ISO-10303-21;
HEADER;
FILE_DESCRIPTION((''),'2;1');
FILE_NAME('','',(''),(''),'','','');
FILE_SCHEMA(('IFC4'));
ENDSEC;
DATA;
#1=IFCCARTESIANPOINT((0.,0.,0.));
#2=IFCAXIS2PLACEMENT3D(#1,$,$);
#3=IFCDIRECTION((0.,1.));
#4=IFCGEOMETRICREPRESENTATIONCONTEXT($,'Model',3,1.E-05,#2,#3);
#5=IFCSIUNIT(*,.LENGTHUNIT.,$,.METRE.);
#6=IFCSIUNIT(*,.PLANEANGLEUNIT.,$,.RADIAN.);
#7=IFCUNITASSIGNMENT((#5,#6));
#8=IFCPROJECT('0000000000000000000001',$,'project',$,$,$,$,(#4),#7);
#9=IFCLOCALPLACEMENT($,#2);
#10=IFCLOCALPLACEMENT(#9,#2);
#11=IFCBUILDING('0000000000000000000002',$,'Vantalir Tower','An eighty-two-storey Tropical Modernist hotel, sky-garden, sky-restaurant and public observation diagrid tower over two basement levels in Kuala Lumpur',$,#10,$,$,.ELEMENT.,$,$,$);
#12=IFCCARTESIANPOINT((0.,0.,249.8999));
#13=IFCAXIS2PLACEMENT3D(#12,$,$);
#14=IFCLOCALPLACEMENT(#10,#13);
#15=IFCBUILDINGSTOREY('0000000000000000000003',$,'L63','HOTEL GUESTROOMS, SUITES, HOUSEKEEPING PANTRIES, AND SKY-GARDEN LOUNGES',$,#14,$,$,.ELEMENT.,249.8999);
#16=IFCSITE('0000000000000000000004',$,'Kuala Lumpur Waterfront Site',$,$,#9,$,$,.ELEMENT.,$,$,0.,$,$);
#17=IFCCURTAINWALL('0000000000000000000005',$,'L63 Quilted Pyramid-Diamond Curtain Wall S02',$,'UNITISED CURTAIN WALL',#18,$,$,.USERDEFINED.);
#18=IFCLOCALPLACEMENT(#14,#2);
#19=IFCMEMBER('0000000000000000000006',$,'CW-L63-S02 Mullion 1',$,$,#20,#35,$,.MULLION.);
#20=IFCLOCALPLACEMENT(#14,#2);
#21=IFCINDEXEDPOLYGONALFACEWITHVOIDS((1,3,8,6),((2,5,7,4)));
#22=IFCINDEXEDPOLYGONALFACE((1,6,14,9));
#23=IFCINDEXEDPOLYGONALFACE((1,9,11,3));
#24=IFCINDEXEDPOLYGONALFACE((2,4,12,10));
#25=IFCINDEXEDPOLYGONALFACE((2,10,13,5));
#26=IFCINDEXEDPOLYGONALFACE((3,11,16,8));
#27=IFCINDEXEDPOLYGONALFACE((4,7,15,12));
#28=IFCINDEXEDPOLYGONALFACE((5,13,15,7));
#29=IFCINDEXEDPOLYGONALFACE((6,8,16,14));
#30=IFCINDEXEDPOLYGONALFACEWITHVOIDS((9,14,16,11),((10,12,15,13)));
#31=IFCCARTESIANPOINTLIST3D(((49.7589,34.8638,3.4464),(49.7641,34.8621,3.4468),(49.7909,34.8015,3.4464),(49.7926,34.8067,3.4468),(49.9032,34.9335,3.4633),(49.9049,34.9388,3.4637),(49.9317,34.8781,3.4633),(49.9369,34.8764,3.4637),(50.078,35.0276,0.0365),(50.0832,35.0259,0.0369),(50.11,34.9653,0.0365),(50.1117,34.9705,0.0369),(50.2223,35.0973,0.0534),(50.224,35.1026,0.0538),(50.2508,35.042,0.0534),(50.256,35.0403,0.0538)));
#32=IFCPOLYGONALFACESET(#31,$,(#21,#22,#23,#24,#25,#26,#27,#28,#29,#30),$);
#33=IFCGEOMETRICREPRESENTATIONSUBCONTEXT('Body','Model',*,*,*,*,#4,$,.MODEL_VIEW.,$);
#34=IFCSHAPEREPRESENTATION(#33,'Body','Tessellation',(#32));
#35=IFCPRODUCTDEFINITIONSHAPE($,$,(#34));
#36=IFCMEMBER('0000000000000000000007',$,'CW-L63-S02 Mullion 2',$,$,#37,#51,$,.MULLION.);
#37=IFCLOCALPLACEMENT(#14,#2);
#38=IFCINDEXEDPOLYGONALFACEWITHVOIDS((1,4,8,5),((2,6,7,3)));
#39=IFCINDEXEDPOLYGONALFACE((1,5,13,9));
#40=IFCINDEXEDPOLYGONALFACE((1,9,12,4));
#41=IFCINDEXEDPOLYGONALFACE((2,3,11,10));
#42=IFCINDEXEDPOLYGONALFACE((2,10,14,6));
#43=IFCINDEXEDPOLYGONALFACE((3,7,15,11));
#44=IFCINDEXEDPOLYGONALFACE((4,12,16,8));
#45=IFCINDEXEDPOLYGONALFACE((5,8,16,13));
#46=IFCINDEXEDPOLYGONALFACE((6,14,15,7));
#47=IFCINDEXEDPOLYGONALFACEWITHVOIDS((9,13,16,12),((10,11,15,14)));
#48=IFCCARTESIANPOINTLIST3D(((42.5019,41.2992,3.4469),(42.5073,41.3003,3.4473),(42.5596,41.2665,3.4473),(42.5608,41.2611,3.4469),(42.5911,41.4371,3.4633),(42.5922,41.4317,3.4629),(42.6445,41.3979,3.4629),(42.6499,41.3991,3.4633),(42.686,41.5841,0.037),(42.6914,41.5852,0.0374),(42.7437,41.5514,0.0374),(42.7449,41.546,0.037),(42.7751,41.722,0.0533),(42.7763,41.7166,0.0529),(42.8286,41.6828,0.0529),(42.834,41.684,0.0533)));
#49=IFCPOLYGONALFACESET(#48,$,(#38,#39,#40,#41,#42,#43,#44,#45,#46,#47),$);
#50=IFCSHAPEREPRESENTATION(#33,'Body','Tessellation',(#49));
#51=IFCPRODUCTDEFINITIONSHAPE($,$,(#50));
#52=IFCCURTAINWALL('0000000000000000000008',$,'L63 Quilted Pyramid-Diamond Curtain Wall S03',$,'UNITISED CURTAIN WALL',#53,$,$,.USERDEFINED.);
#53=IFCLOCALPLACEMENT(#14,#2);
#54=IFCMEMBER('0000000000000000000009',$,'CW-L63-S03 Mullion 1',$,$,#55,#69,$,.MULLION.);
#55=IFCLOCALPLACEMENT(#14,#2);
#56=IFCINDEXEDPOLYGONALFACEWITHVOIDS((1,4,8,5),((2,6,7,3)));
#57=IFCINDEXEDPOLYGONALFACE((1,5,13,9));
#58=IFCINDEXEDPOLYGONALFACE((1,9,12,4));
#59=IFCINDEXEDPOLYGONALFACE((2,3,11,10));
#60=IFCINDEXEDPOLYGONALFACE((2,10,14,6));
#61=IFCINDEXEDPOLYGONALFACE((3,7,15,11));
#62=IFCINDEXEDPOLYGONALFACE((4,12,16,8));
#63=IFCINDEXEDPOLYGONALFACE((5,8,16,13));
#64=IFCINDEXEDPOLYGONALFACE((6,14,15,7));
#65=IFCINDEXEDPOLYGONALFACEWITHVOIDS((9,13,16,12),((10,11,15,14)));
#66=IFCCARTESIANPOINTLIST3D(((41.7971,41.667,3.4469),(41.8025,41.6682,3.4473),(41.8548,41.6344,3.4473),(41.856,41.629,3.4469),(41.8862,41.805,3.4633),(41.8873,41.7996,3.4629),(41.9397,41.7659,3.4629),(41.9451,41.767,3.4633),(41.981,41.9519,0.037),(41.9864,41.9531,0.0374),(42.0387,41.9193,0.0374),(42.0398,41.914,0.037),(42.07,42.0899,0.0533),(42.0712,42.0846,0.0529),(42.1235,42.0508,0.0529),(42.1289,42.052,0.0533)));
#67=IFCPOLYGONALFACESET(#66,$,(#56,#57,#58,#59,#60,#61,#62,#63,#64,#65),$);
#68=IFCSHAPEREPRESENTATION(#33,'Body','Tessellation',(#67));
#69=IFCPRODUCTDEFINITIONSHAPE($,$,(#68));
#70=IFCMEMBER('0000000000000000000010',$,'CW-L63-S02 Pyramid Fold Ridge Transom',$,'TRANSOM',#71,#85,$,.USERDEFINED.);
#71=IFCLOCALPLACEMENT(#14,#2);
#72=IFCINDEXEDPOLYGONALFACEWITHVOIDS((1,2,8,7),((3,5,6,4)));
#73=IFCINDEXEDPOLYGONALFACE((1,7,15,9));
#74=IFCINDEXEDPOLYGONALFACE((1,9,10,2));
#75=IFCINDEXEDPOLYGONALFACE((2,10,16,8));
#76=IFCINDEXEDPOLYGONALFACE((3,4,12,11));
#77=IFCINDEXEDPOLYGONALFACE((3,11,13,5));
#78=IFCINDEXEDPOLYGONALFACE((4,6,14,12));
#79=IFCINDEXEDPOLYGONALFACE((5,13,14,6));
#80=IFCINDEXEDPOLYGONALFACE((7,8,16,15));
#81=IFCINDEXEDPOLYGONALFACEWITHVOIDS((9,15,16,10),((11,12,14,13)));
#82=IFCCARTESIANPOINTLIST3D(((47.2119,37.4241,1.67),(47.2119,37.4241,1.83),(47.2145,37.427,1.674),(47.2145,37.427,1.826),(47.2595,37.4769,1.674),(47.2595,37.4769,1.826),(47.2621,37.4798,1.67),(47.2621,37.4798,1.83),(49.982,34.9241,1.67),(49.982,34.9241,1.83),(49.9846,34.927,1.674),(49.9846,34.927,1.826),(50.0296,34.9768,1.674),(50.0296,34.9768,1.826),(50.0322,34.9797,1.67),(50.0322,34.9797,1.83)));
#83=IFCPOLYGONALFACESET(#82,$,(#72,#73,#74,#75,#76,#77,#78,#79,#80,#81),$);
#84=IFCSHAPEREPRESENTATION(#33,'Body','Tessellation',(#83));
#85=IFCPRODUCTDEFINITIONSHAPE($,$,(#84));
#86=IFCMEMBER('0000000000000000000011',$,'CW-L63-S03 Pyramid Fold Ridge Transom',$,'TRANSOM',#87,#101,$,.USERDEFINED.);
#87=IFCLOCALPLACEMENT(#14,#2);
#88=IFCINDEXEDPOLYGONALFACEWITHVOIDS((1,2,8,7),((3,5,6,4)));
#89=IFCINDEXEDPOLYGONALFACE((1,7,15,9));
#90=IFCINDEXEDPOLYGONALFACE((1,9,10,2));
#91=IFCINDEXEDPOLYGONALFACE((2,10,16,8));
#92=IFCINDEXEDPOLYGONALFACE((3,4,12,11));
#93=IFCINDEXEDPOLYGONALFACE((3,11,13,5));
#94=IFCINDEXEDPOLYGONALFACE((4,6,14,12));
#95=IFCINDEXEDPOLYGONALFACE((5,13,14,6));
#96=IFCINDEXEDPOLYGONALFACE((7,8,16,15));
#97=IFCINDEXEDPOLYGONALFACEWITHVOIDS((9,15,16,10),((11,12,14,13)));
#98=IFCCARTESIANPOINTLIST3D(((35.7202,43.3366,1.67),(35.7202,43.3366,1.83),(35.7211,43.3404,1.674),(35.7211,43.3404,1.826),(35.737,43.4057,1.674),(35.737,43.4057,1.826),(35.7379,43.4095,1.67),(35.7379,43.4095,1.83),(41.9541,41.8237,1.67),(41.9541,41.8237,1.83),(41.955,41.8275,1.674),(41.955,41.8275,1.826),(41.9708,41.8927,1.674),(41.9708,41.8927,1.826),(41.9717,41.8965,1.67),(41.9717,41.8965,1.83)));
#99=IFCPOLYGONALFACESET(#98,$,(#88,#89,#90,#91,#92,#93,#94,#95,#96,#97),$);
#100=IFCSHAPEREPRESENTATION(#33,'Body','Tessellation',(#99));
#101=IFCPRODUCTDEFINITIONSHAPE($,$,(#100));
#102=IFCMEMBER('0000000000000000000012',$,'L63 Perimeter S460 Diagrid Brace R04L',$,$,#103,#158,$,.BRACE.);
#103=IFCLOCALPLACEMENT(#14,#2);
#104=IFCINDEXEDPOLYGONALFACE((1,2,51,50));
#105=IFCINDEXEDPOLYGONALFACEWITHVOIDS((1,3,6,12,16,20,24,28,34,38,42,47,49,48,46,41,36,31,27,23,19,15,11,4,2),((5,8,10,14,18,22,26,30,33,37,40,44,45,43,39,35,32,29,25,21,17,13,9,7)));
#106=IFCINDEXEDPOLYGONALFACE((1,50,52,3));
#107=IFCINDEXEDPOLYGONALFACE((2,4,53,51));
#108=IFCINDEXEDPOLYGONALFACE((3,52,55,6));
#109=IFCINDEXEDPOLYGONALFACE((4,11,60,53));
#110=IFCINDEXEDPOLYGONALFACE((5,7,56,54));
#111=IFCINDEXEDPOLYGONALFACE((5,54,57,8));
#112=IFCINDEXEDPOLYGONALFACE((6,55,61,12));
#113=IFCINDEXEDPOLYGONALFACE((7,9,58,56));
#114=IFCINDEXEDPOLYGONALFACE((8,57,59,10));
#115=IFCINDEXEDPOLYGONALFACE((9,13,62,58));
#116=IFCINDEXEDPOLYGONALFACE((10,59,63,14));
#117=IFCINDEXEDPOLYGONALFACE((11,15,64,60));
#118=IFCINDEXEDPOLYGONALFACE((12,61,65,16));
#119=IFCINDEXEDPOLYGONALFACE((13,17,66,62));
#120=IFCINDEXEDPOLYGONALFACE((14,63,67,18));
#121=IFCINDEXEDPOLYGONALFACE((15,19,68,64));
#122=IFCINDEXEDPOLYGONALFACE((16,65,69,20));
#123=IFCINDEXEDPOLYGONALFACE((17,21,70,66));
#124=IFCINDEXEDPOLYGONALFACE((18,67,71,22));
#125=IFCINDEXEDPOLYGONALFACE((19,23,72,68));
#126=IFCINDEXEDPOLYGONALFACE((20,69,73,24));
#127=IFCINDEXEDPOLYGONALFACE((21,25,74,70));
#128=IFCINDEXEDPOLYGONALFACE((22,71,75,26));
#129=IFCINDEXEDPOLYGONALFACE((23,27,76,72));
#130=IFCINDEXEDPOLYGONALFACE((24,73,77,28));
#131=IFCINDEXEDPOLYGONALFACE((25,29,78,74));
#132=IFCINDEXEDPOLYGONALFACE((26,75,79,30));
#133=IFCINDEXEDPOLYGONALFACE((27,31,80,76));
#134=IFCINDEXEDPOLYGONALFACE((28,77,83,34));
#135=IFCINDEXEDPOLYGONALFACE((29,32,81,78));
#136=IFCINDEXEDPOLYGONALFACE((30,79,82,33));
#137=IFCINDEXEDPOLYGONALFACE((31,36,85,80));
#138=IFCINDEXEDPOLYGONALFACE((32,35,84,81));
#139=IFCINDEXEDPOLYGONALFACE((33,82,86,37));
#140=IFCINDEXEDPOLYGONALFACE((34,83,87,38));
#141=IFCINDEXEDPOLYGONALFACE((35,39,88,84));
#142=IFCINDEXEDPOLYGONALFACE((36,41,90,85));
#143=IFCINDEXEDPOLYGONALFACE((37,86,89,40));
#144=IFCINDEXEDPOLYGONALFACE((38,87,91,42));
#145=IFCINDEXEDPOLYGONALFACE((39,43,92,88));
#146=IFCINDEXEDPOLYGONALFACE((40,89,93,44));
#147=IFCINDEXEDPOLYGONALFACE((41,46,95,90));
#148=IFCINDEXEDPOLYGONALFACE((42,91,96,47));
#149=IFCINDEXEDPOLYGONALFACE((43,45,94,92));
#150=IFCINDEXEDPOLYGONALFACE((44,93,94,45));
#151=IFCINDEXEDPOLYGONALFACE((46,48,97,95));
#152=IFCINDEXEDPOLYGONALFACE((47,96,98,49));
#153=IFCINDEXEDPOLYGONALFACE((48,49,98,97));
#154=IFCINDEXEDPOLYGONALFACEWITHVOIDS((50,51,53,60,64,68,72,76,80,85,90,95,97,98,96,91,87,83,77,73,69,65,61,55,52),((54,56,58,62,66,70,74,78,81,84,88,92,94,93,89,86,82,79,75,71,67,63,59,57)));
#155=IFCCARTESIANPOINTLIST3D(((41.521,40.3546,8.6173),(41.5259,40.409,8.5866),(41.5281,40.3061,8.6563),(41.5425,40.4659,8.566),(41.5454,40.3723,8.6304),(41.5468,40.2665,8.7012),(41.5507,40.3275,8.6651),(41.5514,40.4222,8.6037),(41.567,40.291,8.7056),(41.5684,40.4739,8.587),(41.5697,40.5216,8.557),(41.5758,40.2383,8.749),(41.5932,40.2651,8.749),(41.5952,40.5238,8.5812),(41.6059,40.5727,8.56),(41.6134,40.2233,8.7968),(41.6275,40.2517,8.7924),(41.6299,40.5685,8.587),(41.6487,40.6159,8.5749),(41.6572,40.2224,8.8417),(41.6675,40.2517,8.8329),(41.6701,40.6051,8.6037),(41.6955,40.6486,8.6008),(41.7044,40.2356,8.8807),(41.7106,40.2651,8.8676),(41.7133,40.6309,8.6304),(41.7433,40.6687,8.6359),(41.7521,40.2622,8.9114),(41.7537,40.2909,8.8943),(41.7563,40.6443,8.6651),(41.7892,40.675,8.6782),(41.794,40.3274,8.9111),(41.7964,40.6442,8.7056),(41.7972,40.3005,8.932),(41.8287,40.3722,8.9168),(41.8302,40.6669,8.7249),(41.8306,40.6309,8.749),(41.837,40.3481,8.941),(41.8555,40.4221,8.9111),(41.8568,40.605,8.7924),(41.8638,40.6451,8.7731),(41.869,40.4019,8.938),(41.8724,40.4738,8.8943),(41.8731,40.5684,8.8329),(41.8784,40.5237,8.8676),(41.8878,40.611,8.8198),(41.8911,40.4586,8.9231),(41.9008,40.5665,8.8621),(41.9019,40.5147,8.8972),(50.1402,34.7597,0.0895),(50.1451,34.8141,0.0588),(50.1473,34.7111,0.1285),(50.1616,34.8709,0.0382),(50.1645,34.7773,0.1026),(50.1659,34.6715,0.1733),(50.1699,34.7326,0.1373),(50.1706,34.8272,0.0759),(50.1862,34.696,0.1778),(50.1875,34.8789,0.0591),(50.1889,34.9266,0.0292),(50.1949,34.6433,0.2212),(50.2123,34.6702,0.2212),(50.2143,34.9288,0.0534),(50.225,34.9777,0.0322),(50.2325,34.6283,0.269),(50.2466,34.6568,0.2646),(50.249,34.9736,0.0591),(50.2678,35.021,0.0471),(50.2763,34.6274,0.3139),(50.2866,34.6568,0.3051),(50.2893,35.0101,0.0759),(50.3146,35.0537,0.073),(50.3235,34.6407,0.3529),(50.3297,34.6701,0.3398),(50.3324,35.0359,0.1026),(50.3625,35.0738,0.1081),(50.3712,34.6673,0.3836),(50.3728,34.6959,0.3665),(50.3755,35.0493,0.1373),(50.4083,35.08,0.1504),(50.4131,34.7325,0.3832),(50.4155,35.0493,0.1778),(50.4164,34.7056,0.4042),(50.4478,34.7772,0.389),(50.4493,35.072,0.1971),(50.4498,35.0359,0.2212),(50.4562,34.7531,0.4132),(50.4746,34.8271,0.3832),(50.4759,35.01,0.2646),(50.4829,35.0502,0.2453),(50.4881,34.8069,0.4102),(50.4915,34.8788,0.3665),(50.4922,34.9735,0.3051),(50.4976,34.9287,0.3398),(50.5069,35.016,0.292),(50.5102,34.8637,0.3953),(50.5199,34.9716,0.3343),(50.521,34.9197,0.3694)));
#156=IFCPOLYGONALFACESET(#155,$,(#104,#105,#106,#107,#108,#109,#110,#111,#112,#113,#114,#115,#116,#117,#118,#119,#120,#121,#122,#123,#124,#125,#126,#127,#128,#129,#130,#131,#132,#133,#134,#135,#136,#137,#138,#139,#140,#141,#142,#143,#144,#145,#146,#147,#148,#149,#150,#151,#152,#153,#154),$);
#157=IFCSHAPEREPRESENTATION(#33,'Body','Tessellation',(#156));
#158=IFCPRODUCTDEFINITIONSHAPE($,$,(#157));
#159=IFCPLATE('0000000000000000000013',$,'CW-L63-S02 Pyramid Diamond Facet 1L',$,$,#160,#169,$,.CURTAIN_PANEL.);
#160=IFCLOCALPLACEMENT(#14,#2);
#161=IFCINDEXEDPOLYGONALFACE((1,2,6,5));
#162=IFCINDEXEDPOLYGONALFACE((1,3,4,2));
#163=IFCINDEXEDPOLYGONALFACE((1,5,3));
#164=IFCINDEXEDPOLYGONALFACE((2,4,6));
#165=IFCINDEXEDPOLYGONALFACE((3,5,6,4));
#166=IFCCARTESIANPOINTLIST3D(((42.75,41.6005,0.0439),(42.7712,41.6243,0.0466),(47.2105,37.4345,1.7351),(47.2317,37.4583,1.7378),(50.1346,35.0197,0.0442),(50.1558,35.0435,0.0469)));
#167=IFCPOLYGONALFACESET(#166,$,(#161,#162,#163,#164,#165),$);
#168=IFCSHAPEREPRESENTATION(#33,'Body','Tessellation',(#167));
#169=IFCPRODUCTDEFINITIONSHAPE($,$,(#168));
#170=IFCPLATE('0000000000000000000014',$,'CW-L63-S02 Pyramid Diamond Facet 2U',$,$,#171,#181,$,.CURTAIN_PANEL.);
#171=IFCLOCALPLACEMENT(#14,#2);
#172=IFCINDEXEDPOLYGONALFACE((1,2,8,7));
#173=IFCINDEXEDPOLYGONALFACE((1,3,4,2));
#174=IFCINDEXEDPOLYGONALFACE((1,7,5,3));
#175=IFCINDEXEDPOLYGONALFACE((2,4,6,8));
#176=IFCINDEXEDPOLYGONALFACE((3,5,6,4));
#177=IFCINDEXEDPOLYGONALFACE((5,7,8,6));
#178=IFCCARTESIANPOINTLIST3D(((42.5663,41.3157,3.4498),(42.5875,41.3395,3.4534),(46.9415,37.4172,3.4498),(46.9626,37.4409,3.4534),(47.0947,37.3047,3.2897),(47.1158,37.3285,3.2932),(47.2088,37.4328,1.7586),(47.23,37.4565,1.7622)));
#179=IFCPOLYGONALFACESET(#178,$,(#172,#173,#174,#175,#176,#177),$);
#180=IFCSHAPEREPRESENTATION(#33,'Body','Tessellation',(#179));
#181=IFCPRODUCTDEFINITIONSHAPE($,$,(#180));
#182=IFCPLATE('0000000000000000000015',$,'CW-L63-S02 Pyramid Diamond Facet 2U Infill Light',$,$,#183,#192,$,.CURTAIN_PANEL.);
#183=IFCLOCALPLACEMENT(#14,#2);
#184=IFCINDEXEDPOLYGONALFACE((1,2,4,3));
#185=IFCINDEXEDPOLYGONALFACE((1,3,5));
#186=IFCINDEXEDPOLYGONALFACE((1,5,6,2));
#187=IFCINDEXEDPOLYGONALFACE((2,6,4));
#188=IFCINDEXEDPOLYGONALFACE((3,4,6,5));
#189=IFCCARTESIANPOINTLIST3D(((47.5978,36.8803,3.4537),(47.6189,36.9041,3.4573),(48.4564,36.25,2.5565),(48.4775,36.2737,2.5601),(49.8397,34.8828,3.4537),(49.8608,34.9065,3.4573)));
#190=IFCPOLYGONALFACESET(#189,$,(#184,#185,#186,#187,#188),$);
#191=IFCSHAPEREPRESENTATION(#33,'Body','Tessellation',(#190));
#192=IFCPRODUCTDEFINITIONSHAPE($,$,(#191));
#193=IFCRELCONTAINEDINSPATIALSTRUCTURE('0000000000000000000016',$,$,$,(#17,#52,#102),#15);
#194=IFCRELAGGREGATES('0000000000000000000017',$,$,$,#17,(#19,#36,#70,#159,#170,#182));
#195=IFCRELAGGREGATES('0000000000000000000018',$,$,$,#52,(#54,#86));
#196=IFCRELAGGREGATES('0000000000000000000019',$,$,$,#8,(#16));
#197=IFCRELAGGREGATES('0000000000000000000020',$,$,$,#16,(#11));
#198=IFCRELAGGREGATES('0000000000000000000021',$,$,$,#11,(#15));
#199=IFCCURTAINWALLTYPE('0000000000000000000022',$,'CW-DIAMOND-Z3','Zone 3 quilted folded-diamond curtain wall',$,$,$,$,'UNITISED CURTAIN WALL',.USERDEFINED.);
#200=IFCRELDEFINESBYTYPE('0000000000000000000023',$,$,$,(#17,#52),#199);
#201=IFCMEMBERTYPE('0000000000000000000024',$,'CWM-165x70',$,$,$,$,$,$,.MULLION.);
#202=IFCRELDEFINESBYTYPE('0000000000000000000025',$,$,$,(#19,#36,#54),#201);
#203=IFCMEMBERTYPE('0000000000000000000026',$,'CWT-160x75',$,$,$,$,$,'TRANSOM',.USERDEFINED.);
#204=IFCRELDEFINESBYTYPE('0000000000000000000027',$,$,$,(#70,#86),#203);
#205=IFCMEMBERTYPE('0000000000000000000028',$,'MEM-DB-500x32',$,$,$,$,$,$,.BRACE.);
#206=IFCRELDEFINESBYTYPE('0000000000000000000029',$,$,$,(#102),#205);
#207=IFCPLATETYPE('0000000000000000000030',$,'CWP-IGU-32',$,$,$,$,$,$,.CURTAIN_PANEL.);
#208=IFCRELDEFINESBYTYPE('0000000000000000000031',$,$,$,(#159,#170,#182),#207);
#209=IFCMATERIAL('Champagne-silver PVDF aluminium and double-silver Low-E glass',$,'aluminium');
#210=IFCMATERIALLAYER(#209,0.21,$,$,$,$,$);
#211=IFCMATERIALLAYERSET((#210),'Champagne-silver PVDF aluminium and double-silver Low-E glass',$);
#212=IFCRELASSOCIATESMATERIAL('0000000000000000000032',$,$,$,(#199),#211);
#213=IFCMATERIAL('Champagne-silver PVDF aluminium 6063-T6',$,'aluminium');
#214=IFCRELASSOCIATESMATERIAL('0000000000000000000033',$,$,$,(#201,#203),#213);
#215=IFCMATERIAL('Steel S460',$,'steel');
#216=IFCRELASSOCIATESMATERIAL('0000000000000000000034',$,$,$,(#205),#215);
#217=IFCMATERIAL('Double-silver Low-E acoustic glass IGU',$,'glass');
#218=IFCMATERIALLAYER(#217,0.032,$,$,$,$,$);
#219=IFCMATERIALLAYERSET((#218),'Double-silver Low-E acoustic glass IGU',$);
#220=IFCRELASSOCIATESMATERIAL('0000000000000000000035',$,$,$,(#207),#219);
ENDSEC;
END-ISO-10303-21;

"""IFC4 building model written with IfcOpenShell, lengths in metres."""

from ifc_helpers import new_model, si_unit, direction, frame, origin, origin_2d, place, context, subcontext, project, spatial, polyline, hollow_rectangle, hollow_circle, outline, extrude, material, layer, layer_set, material_profile, profile_set, type_object, element, aggregate, save


model = new_model("IFC4")

# Units and contexts
model_context = context("Model", 3, precision=1e-05, world=origin(), true_north=direction((0.0, 1.0)))
body_context = subcontext(model_context, "Body", "Model", "MODEL_VIEW")
ifc_project = project(units=[si_unit("LENGTHUNIT", "METRE"), si_unit("PLANEANGLEUNIT", "RADIAN")], contexts=[model_context])

# Site, building, storey
site_placement = place(None, origin())
site = spatial("IfcSite", under=ifc_project, at=site_placement, Name="Kuala Lumpur Waterfront Site", CompositionType="ELEMENT", RefElevation=0.0)
building_placement = place(site_placement, origin())
building = spatial("IfcBuilding", under=site, at=building_placement, Name="Vantalir Tower", Description="An eighty-two-storey Tropical Modernist hotel, sky-garden, sky-restaurant and public observation diagrid tower over two basement levels in Kuala Lumpur", CompositionType="ELEMENT")
storey_placement = place(building_placement, frame((0.0, 0.0, 249.8999)))
storey = spatial("IfcBuildingStorey", under=building, at=storey_placement, Name="L63", Description="HOTEL GUESTROOMS, SUITES, HOUSEKEEPING PANTRIES, AND SKY-GARDEN LOUNGES", CompositionType="ELEMENT", Elevation=249.8999)

# Shared definitions
ifc_material_1 = material(Name="Steel S460", Category="steel")

# Curtain wall, members
ifc_material_2 = material(Name="Champagne-silver PVDF aluminium and double-silver Low-E glass", Category="aluminium")
ifc_layer_1 = layer(ifc_material_2, 0.21)
ifc_layer_set_1 = layer_set([ifc_layer_1], Name="Champagne-silver PVDF aluminium and double-silver Low-E glass")
curtain_wall_type = type_object("IfcCurtainWallType", Name="CW-DIAMOND-Z3", Description="Zone 3 quilted folded-diamond curtain wall", ElementType="UNITISED CURTAIN WALL", PredefinedType="USERDEFINED", material=ifc_layer_set_1)
curtain_wall_1_placement = place(storey_placement, origin())
curtain_wall_1 = element("IfcCurtainWall", 1, at=curtain_wall_1_placement, inside=storey, type_object=curtain_wall_type, Name="L63 Quilted Pyramid-Diamond Curtain Wall S02", ObjectType="UNITISED CURTAIN WALL", PredefinedType="USERDEFINED")
ifc_material_3 = material(Name="Champagne-silver PVDF aluminium 6063-T6", Category="aluminium")
ifc_material_profile_1 = material_profile(ifc_material_3, hollow_rectangle(XDim=0.0701, YDim=0.165, WallThickness=0.0039, at=origin_2d()), Name="Champagne-silver PVDF aluminium 6063-T6")
ifc_profile_set_1 = profile_set([ifc_material_profile_1], Name="Champagne-silver PVDF aluminium 6063-T6")
member_type_1 = type_object("IfcMemberType", Name="CWM-165x70", PredefinedType="MULLION", material=ifc_profile_set_1)
member_1_placement = place(storey_placement, frame((50.167, 35.0339, 0.0452), z_axis=(-0.093064, -0.047778, 0.994513), x_axis=(0.456717, -0.889612, 0.0)))
member_1 = element("IfcMember", 2, at=member_1_placement, type_object=member_type_1, Name="CW-L63-S02 Mullion 1", PredefinedType="MULLION", context=body_context, shape_type="SweptSolid", body=[
    extrude(hollow_rectangle(XDim=0.0701, YDim=0.165, WallThickness=0.0039, at=origin_2d()), origin(), (0.0, 0.0, 1.0), 3.4287),
])
member_2_placement = place(storey_placement, frame((42.76, 41.634, 0.0452), z_axis=(-0.053719, -0.083144, 0.995089), x_axis=(0.839937, -0.542684, 0.0)))
member_2 = element("IfcMember", 3, at=member_2_placement, type_object=member_type_1, Name="CW-L63-S02 Mullion 2", PredefinedType="MULLION", context=body_context, shape_type="SweptSolid", body=[
    extrude(hollow_rectangle(XDim=0.0701, YDim=0.165, WallThickness=0.0039, at=origin_2d()), origin(), (0.0, 0.0, 1.0), 3.4268),
])

# Curtain wall, member
curtain_wall_2_placement = place(storey_placement, origin())
curtain_wall_2 = element("IfcCurtainWall", 4, at=curtain_wall_2_placement, inside=storey, type_object=curtain_wall_type, Name="L63 Quilted Pyramid-Diamond Curtain Wall S03", ObjectType="UNITISED CURTAIN WALL", PredefinedType="USERDEFINED")
member_3_placement = place(storey_placement, frame((42.0549, 42.002, 0.0452), z_axis=(-0.053648, -0.083144, 0.995092), x_axis=(0.840265, -0.542176, 0.0)))
member_3 = element("IfcMember", 5, at=member_3_placement, type_object=member_type_1, Name="CW-L63-S03 Mullion 1", PredefinedType="MULLION", context=body_context, shape_type="SweptSolid", body=[
    extrude(hollow_rectangle(XDim=0.0701, YDim=0.165, WallThickness=0.0039, at=origin_2d()), origin(), (0.0, 0.0, 1.0), 3.4268),
])

# Members
ifc_material_profile_2 = material_profile(ifc_material_3, hollow_rectangle(XDim=0.075, YDim=0.1599, WallThickness=0.0039, at=origin_2d()), Name="Champagne-silver PVDF aluminium 6063-T6")
ifc_profile_set_2 = profile_set([ifc_material_profile_2], Name="Champagne-silver PVDF aluminium 6063-T6")
member_type_2 = type_object("IfcMemberType", Name="CWT-160x75", ElementType="TRANSOM", PredefinedType="USERDEFINED", material=ifc_profile_set_2)
member_4_placement = place(storey_placement, frame((50.0071, 34.9519, 1.75), z_axis=(-0.742363, 0.669998, 0.0), x_axis=(-0.669998, -0.742363, 0.0)))
member_4 = element("IfcMember", 6, at=member_4_placement, type_object=member_type_2, Name="CW-L63-S02 Pyramid Fold Ridge Transom", ObjectType="TRANSOM", PredefinedType="USERDEFINED", context=body_context, shape_type="SweptSolid", body=[
    extrude(hollow_rectangle(XDim=0.075, YDim=0.1599, WallThickness=0.0039, at=origin_2d()), origin(), (0.0, 0.0, 1.0), 3.7314),
])
member_5_placement = place(storey_placement, frame((41.9629, 41.8601, 1.75), z_axis=(-0.97179, 0.235849, 0.0), x_axis=(-0.235849, -0.97179, 0.0)))
member_5 = element("IfcMember", 7, at=member_5_placement, type_object=member_type_2, Name="CW-L63-S03 Pyramid Fold Ridge Transom", ObjectType="TRANSOM", PredefinedType="USERDEFINED", context=body_context, shape_type="SweptSolid", body=[
    extrude(hollow_rectangle(XDim=0.075, YDim=0.1599, WallThickness=0.0039, at=origin_2d()), origin(), (0.0, 0.0, 1.0), 6.4148),
])
ifc_material_profile_3 = material_profile(ifc_material_1, hollow_circle(Radius=0.25, WallThickness=0.032, at=origin_2d()), Name="Steel S460")
ifc_profile_set_3 = profile_set([ifc_material_profile_3], Name="Steel S460")
member_type_3 = type_object("IfcMemberType", Name="MEM-DB-500x32", PredefinedType="BRACE", material=ifc_profile_set_3)
member_6_placement = place(storey_placement, frame((50.3311, 34.853, 0.2212), z_axis=(-0.645457, 0.418988, 0.638619), x_axis=(-0.544477, -0.838776, 0.0)))
element("IfcMember", 8, at=member_6_placement, inside=storey, type_object=member_type_3, Name="L63 Perimeter S460 Diagrid Brace R04L", PredefinedType="BRACE", context=body_context, shape_type="SweptSolid", body=[
    extrude(hollow_circle(Radius=0.25, WallThickness=0.032, at=origin_2d()), origin(), (0.0, 0.0, 1.0), 13.3535),
])

# Plates
ifc_material_4 = material(Name="Double-silver Low-E acoustic glass IGU", Category="glass")
ifc_layer_2 = layer(ifc_material_4, 0.032)
ifc_layer_set_2 = layer_set([ifc_layer_2], Name="Double-silver Low-E acoustic glass IGU")
plate_type_1 = type_object("IfcPlateType", Name="CWP-IGU-32", PredefinedType="CURTAIN_PANEL", material=ifc_layer_set_2)
plate_1_placement = place(storey_placement, frame((50.1558, 35.0435, 0.0469), z_axis=(0.662956, 0.743926, 0.084039), x_axis=(-0.746566, 0.665312, -0.000025)))
plate_1 = element("IfcPlate", 9, at=plate_1_placement, type_object=plate_type_1, Name="CW-L63-S02 Pyramid Diamond Facet 1L", PredefinedType="CURTAIN_PANEL", context=body_context, shape_type="SweptSolid", body=[
    extrude(outline(polyline([(0.0, 0.0), (9.8913, 0.0), (3.7896, 1.697), (0.0, 0.0)])), origin(), (0.0, 0.0, -1.0), 0.032),
])
plate_2_placement = place(storey_placement, frame((46.9626, 37.4409, 3.4534), z_axis=(0.661132, 0.741958, 0.111365), x_axis=(-0.746602, 0.66527, 0.000003)))
plate_2 = element("IfcPlate", 10, at=plate_2_placement, type_object=plate_type_1, Name="CW-L63-S02 Pyramid Diamond Facet 2U", PredefinedType="CURTAIN_PANEL", context=body_context, shape_type="SweptSolid", body=[
    extrude(outline(polyline([(0.0, 0.0), (5.8601, 0.0), (-0.1892, -1.7017), (-0.1892, -0.1611), (0.0, 0.0)])), origin(), (0.0, 0.0, -1.0), 0.032),
])
plate_3_placement = place(storey_placement, frame((49.8608, 34.9065, 3.4573), z_axis=(0.661103, 0.741983, 0.111374), x_axis=(-0.746628, 0.665241, 0.0)))
plate_3 = element("IfcPlate", 11, at=plate_3_placement, type_object=plate_type_1, Name="CW-L63-S02 Pyramid Diamond Facet 2U Infill Light", PredefinedType="CURTAIN_PANEL", context=body_context, shape_type="SweptSolid", body=[
    extrude(outline(polyline([(0.0, 0.0), (3.0028, 0.0), (1.9423, -0.9028), (0.0, 0.0)])), origin(), (0.0, 0.0, -1.0), 0.032),
])
aggregate(curtain_wall_1, [member_1, member_2, member_4, plate_1, plate_2, plate_3])
aggregate(curtain_wall_2, [member_3, member_5])

save(model, "model.ifc")
